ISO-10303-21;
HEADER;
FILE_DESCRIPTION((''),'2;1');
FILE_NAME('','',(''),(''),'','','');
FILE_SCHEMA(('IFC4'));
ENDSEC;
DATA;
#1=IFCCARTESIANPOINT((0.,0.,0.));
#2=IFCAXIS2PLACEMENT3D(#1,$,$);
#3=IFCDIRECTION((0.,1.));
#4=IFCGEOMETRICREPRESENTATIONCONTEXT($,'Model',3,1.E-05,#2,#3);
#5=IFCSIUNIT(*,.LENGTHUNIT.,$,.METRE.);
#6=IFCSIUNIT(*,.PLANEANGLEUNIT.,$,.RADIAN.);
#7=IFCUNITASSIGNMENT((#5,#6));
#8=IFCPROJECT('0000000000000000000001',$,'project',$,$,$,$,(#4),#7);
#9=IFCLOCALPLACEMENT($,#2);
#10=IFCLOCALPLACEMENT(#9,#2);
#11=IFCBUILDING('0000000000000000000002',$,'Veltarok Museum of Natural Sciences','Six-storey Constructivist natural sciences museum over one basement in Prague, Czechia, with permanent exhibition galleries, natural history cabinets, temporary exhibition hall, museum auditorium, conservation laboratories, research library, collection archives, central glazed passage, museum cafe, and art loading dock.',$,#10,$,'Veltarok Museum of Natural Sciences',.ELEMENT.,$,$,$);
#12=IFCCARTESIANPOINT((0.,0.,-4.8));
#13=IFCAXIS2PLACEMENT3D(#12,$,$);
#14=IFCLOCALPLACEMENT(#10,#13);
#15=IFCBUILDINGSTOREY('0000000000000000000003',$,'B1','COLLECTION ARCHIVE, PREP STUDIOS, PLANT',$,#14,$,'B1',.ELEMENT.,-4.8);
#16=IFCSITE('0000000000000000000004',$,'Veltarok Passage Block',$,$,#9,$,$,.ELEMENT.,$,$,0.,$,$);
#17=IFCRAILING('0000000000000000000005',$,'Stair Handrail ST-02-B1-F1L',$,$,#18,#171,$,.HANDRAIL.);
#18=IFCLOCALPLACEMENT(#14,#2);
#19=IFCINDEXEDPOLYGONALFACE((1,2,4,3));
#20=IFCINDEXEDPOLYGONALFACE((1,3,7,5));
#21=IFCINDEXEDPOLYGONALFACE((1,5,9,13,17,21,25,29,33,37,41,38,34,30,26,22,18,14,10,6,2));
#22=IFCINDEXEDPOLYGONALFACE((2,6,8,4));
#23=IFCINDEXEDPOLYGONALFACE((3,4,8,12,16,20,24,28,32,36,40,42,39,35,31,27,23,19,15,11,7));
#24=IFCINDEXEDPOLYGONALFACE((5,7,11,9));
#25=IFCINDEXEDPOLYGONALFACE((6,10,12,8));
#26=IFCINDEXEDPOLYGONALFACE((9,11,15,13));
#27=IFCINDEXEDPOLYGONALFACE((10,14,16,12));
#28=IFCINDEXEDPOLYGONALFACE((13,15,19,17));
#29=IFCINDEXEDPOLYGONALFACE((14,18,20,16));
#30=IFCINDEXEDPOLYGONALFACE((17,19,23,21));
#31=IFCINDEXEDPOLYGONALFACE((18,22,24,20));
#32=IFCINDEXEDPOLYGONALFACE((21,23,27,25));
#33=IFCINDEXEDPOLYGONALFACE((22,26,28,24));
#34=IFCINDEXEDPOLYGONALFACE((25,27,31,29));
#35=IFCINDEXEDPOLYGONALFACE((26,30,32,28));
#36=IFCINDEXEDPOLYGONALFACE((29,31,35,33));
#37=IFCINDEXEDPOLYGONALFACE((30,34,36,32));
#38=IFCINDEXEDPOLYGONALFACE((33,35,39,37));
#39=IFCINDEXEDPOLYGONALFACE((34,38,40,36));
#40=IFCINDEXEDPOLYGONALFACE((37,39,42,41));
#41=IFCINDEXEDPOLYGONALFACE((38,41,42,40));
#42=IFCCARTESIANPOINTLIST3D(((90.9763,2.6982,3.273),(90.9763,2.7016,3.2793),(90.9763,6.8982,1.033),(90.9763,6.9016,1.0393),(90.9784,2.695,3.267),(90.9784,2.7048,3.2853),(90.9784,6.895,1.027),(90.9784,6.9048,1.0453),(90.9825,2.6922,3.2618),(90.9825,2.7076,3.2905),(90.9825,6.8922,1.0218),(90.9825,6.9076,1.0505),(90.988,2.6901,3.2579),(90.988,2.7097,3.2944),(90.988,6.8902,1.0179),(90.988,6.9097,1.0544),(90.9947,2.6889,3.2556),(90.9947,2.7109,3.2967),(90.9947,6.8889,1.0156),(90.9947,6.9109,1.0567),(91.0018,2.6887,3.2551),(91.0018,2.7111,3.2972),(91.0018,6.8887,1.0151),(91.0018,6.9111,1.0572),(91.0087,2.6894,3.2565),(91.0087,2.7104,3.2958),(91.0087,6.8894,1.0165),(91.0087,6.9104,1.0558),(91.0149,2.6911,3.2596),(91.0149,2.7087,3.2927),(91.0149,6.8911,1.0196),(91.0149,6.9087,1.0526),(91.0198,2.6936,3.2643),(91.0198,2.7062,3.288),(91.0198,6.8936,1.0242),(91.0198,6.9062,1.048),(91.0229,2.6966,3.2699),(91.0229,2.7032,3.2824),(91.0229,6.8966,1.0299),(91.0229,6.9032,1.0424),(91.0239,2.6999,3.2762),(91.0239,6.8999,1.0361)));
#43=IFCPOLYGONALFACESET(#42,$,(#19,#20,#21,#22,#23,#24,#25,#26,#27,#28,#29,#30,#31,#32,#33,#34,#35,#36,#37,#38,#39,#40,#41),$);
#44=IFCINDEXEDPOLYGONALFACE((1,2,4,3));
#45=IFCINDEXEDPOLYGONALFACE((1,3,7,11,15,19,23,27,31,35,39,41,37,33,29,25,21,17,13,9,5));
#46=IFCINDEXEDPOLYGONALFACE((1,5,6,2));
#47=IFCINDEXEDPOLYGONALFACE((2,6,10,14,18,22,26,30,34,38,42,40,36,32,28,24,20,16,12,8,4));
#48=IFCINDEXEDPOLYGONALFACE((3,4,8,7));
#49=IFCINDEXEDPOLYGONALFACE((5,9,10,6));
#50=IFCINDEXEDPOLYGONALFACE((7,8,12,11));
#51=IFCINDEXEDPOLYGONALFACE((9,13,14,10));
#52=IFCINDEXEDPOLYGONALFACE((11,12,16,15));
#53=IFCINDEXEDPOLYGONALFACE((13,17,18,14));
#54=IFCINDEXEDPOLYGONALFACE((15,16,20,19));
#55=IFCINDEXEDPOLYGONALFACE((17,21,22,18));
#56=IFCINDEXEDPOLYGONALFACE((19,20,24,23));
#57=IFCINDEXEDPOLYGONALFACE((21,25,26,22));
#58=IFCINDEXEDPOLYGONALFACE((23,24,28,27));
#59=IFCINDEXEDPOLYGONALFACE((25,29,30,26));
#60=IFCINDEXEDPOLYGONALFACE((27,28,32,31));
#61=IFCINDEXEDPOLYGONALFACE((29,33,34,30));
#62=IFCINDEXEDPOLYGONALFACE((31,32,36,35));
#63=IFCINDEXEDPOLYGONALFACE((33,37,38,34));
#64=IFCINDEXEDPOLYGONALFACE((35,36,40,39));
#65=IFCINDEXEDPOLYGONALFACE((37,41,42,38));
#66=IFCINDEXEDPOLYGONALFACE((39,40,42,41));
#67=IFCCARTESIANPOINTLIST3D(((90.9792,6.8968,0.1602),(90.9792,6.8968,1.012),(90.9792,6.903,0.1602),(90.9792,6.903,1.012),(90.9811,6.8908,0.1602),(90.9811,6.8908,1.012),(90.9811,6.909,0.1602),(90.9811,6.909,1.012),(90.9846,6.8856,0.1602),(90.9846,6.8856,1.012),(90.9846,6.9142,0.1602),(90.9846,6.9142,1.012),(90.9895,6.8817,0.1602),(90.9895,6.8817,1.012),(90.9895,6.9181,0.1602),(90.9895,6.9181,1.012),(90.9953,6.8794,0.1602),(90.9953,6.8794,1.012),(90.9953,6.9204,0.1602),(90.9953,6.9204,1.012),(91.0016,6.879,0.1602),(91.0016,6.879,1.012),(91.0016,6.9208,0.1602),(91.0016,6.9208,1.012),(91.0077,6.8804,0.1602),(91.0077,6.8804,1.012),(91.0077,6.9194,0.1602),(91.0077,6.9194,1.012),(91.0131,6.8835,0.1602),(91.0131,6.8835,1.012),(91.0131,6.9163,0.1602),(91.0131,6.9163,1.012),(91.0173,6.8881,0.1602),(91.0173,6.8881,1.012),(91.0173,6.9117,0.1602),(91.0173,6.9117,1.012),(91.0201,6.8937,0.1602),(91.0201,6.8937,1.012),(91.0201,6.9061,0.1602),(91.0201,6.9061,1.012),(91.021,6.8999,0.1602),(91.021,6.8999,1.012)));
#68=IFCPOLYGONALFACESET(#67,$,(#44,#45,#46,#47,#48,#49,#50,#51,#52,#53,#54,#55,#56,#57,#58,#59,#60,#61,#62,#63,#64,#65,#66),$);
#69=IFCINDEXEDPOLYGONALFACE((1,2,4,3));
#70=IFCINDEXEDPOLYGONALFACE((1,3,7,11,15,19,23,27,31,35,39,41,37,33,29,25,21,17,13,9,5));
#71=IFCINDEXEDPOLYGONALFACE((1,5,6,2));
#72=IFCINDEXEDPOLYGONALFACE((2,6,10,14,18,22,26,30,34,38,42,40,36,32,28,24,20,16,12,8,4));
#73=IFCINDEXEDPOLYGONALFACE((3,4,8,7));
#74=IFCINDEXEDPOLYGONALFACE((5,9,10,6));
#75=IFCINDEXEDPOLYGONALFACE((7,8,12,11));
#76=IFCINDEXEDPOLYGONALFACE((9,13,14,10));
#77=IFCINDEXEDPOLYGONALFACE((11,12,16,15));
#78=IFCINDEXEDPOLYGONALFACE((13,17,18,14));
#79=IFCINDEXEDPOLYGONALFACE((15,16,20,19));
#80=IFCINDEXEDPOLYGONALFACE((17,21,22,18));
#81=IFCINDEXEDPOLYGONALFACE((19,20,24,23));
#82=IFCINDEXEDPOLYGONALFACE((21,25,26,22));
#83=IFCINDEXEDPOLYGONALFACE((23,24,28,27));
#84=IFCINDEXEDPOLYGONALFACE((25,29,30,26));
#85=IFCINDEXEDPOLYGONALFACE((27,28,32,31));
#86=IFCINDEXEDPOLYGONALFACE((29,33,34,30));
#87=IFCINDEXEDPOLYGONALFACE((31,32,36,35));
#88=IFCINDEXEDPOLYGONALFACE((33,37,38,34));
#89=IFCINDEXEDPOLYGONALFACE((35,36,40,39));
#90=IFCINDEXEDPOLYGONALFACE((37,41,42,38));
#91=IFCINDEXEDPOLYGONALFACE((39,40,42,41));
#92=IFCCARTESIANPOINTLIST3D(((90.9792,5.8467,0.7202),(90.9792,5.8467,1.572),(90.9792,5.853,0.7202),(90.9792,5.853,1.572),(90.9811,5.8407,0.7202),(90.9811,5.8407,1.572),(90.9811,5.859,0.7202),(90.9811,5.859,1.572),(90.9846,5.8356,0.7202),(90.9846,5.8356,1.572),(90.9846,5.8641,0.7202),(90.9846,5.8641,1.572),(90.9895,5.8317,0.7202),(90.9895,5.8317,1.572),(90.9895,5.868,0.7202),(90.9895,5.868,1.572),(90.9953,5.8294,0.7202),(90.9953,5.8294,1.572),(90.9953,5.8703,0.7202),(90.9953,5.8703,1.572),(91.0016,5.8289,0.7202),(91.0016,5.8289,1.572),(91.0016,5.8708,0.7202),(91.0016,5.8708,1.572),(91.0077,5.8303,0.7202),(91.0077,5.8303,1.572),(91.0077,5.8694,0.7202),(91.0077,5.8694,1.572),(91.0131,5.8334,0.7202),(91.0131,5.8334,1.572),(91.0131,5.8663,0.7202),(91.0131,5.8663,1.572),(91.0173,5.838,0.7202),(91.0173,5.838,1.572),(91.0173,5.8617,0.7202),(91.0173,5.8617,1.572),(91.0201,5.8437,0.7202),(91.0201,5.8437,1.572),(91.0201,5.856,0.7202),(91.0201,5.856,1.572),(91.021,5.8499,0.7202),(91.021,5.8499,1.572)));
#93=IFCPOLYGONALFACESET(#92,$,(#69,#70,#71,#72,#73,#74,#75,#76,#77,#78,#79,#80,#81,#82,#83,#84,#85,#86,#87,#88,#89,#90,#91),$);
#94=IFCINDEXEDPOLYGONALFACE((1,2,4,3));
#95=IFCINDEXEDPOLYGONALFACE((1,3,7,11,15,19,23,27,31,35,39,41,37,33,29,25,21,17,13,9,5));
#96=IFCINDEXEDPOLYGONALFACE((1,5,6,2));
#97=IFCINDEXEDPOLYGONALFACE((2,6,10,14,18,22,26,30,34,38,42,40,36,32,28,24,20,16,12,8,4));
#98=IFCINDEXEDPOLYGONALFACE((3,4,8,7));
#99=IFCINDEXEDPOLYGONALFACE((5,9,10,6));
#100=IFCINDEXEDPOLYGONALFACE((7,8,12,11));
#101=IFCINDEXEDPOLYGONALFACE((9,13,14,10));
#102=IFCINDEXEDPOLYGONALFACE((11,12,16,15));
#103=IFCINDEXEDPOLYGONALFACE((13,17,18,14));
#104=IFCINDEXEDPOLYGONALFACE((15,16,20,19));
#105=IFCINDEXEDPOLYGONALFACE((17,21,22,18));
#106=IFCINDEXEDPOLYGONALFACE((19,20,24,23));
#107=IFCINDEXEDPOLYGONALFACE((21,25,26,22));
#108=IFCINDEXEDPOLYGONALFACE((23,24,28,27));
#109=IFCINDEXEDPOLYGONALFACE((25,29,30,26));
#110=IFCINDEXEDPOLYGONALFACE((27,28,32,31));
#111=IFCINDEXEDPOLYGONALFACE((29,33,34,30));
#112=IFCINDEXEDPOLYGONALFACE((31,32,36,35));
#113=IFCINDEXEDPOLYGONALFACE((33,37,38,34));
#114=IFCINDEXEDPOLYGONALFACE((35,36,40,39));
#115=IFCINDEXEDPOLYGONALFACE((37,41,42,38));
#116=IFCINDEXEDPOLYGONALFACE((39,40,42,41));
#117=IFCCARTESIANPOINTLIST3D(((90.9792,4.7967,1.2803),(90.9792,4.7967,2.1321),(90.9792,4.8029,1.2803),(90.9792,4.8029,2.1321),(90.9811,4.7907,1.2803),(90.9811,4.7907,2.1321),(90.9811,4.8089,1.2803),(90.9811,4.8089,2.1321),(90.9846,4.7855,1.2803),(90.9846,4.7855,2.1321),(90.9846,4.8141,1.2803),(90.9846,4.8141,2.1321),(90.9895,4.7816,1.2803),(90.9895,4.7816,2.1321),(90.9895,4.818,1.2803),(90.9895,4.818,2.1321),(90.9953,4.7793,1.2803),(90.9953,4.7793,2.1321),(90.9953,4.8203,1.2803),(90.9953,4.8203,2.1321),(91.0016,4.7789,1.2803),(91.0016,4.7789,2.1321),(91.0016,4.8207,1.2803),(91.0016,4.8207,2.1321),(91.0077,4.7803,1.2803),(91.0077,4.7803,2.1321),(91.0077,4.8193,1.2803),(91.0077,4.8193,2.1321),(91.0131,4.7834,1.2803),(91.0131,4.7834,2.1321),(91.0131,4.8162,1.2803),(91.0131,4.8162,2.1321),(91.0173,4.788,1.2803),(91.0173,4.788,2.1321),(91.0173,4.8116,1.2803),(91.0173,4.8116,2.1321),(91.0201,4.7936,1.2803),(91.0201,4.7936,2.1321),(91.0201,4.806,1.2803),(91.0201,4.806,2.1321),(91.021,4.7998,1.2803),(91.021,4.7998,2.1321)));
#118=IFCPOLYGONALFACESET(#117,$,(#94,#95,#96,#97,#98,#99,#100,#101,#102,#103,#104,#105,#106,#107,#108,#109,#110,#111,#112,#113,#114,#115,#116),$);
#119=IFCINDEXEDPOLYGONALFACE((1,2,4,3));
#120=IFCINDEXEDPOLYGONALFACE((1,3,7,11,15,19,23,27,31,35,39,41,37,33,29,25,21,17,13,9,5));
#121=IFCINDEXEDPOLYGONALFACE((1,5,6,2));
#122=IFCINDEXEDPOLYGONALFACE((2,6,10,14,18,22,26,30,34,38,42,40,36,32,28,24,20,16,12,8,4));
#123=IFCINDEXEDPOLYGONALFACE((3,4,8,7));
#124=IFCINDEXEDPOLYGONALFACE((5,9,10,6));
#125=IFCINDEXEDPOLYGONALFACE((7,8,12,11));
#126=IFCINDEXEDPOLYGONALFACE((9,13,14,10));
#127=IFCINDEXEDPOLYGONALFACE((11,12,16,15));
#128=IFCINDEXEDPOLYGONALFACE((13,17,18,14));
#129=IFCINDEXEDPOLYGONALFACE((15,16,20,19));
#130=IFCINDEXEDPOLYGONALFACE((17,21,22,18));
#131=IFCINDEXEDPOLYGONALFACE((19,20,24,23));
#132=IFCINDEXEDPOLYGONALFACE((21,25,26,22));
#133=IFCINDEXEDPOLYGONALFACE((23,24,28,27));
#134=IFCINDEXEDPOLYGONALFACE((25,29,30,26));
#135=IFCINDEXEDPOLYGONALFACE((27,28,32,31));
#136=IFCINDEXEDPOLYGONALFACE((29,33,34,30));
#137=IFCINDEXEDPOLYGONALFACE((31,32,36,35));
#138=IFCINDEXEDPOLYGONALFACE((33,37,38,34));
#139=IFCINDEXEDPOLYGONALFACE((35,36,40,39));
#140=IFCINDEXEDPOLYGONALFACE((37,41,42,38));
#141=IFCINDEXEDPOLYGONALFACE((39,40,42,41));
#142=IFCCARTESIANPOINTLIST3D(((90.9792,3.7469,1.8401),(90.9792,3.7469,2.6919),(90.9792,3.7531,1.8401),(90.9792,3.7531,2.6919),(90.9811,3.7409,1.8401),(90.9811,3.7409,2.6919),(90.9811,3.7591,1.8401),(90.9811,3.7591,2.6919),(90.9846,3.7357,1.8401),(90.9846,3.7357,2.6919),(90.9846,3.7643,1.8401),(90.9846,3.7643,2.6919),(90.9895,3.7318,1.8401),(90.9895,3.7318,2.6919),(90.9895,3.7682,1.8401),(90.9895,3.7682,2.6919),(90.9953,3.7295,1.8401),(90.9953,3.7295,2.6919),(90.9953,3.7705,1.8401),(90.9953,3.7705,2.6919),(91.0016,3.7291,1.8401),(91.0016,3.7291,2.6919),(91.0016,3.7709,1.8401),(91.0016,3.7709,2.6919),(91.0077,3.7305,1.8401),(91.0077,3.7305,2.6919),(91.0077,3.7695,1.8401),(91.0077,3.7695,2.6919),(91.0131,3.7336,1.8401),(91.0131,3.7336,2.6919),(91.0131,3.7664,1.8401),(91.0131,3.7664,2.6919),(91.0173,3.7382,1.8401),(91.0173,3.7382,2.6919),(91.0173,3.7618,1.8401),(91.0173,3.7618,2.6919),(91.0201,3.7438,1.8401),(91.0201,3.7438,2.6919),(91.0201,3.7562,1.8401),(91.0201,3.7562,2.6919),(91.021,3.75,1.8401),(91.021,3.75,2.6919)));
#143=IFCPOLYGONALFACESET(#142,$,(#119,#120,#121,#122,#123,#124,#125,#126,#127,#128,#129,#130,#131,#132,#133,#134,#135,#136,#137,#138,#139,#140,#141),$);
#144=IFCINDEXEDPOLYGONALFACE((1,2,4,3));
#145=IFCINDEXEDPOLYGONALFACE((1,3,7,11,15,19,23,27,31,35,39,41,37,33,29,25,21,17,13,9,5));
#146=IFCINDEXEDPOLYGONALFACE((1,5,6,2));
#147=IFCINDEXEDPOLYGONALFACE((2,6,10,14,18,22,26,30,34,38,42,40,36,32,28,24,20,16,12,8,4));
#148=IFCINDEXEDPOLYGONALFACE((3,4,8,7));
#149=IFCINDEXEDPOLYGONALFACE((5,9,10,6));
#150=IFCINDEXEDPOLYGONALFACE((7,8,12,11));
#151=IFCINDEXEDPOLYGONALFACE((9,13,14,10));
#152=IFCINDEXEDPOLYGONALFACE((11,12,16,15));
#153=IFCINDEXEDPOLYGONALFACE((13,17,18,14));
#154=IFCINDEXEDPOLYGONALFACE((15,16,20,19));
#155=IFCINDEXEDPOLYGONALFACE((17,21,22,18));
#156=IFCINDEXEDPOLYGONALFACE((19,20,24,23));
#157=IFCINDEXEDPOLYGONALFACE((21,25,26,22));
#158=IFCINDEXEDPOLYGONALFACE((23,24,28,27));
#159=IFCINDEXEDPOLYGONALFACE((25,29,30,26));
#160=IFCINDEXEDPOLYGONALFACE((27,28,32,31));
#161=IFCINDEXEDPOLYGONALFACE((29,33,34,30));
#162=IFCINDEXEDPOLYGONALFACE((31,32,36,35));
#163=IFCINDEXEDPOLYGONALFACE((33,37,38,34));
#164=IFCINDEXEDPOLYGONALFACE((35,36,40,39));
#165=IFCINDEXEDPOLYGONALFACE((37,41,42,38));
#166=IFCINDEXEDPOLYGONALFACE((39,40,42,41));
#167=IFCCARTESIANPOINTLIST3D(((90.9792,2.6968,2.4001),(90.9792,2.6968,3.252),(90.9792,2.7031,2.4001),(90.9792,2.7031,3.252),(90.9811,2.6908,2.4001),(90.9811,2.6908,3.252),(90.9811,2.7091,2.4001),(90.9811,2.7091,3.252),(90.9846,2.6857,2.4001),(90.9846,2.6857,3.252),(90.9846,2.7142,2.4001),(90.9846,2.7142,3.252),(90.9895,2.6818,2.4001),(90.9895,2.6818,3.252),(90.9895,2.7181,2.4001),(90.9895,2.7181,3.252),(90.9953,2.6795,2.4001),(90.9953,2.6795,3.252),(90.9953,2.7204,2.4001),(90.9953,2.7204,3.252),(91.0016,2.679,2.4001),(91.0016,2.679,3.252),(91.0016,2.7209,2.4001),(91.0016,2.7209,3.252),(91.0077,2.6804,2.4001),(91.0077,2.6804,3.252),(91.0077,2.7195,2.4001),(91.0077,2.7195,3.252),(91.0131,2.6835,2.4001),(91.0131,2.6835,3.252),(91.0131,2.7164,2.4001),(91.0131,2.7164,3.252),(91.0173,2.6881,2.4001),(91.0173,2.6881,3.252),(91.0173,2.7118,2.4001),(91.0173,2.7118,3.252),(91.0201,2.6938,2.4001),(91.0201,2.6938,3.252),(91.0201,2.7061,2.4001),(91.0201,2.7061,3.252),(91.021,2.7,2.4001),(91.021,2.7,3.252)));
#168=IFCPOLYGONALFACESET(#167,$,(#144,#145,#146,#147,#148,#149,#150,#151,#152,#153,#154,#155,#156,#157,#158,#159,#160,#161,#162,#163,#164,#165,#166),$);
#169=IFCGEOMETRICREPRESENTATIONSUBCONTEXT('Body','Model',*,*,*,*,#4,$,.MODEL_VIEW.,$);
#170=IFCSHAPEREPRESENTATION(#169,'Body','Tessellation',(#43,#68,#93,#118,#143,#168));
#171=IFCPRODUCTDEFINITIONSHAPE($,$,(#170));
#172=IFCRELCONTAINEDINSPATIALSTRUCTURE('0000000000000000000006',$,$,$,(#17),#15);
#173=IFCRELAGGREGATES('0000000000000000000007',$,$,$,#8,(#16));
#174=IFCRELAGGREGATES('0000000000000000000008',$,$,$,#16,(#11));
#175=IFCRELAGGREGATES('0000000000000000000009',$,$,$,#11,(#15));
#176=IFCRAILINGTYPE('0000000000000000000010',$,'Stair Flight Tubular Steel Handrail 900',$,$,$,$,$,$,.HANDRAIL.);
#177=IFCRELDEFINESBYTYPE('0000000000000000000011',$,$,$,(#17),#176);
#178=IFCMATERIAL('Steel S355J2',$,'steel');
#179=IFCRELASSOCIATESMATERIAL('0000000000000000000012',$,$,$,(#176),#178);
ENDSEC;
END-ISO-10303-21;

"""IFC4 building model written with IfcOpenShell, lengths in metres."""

from ifc_helpers import new_model, si_unit, direction, frame, origin, origin_2d, place, context, subcontext, project, spatial, circle, extrude, material, type_object, element, save


model = new_model("IFC4")

# Units and contexts
model_context = context("Model", 3, precision=1e-05, world=origin(), true_north=direction((0.0, 1.0)))
body_context = subcontext(model_context, "Body", "Model", "MODEL_VIEW")
ifc_project = project(units=[si_unit("LENGTHUNIT", "METRE"), si_unit("PLANEANGLEUNIT", "RADIAN")], contexts=[model_context])

# Site, building, storey
site_placement = place(None, origin())
site = spatial("IfcSite", under=ifc_project, at=site_placement, Name="Veltarok Passage Block", CompositionType="ELEMENT", RefElevation=0.0)
building_placement = place(site_placement, origin())
building = spatial("IfcBuilding", under=site, at=building_placement, Name="Veltarok Museum of Natural Sciences", Description="Six-storey Constructivist natural sciences museum over one basement in Prague, Czechia, with permanent exhibition galleries, natural history cabinets, temporary exhibition hall, museum auditorium, conservation laboratories, research library, collection archives, central glazed passage, museum cafe, and art loading dock.", LongName="Veltarok Museum of Natural Sciences", CompositionType="ELEMENT")
storey_placement = place(building_placement, frame((0.0, 0.0, -4.8)))
storey = spatial("IfcBuildingStorey", under=building, at=storey_placement, Name="B1", Description="COLLECTION ARCHIVE, PREP STUDIOS, PLANT", LongName="B1", CompositionType="ELEMENT", Elevation=-4.8)

# Shared definitions
ifc_material_1 = material(Name="Steel S355J2", Category="steel")

# Railing
railing_type_1 = type_object("IfcRailingType", Name="Stair Flight Tubular Steel Handrail 900", PredefinedType="HANDRAIL", material=ifc_material_1)
for number, where, name in (
    (1, (91.0, 6.8999, 0.1602), "Stair Handrail ST-02-B1-F1L"),
):
    element("IfcRailing", number, at=place(storey_placement, frame(where)), inside=storey, type_object=railing_type_1, Name=name, PredefinedType="HANDRAIL", context=body_context, shape_type="SweptSolid", body=[
        extrude(circle(Radius=0.0239, at=origin_2d()), frame((0.0, 0.0, 0.876), z_axis=(0.0, -0.882352, 0.470591), x_axis=(1.0, 0.0, 0.0)), (0.0, 0.0, 1.0), 4.76),
        extrude(circle(Radius=0.021, at=origin_2d()), origin(), (0.0, 0.0, 1.0), 0.8518),
        extrude(circle(Radius=0.021, at=origin_2d()), frame((0.0, -1.05, 0.5601)), (0.0, 0.0, 1.0), 0.8518),
        extrude(circle(Radius=0.021, at=origin_2d()), frame((0.0, -2.1001, 1.1201)), (0.0, 0.0, 1.0), 0.8518),
        extrude(circle(Radius=0.021, at=origin_2d()), frame((0.0, -3.1499, 1.6799)), (0.0, 0.0, 1.0), 0.8518),
        extrude(circle(Radius=0.021, at=origin_2d()), frame((0.0, -4.2, 2.24)), (0.0, 0.0, 1.0), 0.8518),
    ])

save(model, "model.ifc")
